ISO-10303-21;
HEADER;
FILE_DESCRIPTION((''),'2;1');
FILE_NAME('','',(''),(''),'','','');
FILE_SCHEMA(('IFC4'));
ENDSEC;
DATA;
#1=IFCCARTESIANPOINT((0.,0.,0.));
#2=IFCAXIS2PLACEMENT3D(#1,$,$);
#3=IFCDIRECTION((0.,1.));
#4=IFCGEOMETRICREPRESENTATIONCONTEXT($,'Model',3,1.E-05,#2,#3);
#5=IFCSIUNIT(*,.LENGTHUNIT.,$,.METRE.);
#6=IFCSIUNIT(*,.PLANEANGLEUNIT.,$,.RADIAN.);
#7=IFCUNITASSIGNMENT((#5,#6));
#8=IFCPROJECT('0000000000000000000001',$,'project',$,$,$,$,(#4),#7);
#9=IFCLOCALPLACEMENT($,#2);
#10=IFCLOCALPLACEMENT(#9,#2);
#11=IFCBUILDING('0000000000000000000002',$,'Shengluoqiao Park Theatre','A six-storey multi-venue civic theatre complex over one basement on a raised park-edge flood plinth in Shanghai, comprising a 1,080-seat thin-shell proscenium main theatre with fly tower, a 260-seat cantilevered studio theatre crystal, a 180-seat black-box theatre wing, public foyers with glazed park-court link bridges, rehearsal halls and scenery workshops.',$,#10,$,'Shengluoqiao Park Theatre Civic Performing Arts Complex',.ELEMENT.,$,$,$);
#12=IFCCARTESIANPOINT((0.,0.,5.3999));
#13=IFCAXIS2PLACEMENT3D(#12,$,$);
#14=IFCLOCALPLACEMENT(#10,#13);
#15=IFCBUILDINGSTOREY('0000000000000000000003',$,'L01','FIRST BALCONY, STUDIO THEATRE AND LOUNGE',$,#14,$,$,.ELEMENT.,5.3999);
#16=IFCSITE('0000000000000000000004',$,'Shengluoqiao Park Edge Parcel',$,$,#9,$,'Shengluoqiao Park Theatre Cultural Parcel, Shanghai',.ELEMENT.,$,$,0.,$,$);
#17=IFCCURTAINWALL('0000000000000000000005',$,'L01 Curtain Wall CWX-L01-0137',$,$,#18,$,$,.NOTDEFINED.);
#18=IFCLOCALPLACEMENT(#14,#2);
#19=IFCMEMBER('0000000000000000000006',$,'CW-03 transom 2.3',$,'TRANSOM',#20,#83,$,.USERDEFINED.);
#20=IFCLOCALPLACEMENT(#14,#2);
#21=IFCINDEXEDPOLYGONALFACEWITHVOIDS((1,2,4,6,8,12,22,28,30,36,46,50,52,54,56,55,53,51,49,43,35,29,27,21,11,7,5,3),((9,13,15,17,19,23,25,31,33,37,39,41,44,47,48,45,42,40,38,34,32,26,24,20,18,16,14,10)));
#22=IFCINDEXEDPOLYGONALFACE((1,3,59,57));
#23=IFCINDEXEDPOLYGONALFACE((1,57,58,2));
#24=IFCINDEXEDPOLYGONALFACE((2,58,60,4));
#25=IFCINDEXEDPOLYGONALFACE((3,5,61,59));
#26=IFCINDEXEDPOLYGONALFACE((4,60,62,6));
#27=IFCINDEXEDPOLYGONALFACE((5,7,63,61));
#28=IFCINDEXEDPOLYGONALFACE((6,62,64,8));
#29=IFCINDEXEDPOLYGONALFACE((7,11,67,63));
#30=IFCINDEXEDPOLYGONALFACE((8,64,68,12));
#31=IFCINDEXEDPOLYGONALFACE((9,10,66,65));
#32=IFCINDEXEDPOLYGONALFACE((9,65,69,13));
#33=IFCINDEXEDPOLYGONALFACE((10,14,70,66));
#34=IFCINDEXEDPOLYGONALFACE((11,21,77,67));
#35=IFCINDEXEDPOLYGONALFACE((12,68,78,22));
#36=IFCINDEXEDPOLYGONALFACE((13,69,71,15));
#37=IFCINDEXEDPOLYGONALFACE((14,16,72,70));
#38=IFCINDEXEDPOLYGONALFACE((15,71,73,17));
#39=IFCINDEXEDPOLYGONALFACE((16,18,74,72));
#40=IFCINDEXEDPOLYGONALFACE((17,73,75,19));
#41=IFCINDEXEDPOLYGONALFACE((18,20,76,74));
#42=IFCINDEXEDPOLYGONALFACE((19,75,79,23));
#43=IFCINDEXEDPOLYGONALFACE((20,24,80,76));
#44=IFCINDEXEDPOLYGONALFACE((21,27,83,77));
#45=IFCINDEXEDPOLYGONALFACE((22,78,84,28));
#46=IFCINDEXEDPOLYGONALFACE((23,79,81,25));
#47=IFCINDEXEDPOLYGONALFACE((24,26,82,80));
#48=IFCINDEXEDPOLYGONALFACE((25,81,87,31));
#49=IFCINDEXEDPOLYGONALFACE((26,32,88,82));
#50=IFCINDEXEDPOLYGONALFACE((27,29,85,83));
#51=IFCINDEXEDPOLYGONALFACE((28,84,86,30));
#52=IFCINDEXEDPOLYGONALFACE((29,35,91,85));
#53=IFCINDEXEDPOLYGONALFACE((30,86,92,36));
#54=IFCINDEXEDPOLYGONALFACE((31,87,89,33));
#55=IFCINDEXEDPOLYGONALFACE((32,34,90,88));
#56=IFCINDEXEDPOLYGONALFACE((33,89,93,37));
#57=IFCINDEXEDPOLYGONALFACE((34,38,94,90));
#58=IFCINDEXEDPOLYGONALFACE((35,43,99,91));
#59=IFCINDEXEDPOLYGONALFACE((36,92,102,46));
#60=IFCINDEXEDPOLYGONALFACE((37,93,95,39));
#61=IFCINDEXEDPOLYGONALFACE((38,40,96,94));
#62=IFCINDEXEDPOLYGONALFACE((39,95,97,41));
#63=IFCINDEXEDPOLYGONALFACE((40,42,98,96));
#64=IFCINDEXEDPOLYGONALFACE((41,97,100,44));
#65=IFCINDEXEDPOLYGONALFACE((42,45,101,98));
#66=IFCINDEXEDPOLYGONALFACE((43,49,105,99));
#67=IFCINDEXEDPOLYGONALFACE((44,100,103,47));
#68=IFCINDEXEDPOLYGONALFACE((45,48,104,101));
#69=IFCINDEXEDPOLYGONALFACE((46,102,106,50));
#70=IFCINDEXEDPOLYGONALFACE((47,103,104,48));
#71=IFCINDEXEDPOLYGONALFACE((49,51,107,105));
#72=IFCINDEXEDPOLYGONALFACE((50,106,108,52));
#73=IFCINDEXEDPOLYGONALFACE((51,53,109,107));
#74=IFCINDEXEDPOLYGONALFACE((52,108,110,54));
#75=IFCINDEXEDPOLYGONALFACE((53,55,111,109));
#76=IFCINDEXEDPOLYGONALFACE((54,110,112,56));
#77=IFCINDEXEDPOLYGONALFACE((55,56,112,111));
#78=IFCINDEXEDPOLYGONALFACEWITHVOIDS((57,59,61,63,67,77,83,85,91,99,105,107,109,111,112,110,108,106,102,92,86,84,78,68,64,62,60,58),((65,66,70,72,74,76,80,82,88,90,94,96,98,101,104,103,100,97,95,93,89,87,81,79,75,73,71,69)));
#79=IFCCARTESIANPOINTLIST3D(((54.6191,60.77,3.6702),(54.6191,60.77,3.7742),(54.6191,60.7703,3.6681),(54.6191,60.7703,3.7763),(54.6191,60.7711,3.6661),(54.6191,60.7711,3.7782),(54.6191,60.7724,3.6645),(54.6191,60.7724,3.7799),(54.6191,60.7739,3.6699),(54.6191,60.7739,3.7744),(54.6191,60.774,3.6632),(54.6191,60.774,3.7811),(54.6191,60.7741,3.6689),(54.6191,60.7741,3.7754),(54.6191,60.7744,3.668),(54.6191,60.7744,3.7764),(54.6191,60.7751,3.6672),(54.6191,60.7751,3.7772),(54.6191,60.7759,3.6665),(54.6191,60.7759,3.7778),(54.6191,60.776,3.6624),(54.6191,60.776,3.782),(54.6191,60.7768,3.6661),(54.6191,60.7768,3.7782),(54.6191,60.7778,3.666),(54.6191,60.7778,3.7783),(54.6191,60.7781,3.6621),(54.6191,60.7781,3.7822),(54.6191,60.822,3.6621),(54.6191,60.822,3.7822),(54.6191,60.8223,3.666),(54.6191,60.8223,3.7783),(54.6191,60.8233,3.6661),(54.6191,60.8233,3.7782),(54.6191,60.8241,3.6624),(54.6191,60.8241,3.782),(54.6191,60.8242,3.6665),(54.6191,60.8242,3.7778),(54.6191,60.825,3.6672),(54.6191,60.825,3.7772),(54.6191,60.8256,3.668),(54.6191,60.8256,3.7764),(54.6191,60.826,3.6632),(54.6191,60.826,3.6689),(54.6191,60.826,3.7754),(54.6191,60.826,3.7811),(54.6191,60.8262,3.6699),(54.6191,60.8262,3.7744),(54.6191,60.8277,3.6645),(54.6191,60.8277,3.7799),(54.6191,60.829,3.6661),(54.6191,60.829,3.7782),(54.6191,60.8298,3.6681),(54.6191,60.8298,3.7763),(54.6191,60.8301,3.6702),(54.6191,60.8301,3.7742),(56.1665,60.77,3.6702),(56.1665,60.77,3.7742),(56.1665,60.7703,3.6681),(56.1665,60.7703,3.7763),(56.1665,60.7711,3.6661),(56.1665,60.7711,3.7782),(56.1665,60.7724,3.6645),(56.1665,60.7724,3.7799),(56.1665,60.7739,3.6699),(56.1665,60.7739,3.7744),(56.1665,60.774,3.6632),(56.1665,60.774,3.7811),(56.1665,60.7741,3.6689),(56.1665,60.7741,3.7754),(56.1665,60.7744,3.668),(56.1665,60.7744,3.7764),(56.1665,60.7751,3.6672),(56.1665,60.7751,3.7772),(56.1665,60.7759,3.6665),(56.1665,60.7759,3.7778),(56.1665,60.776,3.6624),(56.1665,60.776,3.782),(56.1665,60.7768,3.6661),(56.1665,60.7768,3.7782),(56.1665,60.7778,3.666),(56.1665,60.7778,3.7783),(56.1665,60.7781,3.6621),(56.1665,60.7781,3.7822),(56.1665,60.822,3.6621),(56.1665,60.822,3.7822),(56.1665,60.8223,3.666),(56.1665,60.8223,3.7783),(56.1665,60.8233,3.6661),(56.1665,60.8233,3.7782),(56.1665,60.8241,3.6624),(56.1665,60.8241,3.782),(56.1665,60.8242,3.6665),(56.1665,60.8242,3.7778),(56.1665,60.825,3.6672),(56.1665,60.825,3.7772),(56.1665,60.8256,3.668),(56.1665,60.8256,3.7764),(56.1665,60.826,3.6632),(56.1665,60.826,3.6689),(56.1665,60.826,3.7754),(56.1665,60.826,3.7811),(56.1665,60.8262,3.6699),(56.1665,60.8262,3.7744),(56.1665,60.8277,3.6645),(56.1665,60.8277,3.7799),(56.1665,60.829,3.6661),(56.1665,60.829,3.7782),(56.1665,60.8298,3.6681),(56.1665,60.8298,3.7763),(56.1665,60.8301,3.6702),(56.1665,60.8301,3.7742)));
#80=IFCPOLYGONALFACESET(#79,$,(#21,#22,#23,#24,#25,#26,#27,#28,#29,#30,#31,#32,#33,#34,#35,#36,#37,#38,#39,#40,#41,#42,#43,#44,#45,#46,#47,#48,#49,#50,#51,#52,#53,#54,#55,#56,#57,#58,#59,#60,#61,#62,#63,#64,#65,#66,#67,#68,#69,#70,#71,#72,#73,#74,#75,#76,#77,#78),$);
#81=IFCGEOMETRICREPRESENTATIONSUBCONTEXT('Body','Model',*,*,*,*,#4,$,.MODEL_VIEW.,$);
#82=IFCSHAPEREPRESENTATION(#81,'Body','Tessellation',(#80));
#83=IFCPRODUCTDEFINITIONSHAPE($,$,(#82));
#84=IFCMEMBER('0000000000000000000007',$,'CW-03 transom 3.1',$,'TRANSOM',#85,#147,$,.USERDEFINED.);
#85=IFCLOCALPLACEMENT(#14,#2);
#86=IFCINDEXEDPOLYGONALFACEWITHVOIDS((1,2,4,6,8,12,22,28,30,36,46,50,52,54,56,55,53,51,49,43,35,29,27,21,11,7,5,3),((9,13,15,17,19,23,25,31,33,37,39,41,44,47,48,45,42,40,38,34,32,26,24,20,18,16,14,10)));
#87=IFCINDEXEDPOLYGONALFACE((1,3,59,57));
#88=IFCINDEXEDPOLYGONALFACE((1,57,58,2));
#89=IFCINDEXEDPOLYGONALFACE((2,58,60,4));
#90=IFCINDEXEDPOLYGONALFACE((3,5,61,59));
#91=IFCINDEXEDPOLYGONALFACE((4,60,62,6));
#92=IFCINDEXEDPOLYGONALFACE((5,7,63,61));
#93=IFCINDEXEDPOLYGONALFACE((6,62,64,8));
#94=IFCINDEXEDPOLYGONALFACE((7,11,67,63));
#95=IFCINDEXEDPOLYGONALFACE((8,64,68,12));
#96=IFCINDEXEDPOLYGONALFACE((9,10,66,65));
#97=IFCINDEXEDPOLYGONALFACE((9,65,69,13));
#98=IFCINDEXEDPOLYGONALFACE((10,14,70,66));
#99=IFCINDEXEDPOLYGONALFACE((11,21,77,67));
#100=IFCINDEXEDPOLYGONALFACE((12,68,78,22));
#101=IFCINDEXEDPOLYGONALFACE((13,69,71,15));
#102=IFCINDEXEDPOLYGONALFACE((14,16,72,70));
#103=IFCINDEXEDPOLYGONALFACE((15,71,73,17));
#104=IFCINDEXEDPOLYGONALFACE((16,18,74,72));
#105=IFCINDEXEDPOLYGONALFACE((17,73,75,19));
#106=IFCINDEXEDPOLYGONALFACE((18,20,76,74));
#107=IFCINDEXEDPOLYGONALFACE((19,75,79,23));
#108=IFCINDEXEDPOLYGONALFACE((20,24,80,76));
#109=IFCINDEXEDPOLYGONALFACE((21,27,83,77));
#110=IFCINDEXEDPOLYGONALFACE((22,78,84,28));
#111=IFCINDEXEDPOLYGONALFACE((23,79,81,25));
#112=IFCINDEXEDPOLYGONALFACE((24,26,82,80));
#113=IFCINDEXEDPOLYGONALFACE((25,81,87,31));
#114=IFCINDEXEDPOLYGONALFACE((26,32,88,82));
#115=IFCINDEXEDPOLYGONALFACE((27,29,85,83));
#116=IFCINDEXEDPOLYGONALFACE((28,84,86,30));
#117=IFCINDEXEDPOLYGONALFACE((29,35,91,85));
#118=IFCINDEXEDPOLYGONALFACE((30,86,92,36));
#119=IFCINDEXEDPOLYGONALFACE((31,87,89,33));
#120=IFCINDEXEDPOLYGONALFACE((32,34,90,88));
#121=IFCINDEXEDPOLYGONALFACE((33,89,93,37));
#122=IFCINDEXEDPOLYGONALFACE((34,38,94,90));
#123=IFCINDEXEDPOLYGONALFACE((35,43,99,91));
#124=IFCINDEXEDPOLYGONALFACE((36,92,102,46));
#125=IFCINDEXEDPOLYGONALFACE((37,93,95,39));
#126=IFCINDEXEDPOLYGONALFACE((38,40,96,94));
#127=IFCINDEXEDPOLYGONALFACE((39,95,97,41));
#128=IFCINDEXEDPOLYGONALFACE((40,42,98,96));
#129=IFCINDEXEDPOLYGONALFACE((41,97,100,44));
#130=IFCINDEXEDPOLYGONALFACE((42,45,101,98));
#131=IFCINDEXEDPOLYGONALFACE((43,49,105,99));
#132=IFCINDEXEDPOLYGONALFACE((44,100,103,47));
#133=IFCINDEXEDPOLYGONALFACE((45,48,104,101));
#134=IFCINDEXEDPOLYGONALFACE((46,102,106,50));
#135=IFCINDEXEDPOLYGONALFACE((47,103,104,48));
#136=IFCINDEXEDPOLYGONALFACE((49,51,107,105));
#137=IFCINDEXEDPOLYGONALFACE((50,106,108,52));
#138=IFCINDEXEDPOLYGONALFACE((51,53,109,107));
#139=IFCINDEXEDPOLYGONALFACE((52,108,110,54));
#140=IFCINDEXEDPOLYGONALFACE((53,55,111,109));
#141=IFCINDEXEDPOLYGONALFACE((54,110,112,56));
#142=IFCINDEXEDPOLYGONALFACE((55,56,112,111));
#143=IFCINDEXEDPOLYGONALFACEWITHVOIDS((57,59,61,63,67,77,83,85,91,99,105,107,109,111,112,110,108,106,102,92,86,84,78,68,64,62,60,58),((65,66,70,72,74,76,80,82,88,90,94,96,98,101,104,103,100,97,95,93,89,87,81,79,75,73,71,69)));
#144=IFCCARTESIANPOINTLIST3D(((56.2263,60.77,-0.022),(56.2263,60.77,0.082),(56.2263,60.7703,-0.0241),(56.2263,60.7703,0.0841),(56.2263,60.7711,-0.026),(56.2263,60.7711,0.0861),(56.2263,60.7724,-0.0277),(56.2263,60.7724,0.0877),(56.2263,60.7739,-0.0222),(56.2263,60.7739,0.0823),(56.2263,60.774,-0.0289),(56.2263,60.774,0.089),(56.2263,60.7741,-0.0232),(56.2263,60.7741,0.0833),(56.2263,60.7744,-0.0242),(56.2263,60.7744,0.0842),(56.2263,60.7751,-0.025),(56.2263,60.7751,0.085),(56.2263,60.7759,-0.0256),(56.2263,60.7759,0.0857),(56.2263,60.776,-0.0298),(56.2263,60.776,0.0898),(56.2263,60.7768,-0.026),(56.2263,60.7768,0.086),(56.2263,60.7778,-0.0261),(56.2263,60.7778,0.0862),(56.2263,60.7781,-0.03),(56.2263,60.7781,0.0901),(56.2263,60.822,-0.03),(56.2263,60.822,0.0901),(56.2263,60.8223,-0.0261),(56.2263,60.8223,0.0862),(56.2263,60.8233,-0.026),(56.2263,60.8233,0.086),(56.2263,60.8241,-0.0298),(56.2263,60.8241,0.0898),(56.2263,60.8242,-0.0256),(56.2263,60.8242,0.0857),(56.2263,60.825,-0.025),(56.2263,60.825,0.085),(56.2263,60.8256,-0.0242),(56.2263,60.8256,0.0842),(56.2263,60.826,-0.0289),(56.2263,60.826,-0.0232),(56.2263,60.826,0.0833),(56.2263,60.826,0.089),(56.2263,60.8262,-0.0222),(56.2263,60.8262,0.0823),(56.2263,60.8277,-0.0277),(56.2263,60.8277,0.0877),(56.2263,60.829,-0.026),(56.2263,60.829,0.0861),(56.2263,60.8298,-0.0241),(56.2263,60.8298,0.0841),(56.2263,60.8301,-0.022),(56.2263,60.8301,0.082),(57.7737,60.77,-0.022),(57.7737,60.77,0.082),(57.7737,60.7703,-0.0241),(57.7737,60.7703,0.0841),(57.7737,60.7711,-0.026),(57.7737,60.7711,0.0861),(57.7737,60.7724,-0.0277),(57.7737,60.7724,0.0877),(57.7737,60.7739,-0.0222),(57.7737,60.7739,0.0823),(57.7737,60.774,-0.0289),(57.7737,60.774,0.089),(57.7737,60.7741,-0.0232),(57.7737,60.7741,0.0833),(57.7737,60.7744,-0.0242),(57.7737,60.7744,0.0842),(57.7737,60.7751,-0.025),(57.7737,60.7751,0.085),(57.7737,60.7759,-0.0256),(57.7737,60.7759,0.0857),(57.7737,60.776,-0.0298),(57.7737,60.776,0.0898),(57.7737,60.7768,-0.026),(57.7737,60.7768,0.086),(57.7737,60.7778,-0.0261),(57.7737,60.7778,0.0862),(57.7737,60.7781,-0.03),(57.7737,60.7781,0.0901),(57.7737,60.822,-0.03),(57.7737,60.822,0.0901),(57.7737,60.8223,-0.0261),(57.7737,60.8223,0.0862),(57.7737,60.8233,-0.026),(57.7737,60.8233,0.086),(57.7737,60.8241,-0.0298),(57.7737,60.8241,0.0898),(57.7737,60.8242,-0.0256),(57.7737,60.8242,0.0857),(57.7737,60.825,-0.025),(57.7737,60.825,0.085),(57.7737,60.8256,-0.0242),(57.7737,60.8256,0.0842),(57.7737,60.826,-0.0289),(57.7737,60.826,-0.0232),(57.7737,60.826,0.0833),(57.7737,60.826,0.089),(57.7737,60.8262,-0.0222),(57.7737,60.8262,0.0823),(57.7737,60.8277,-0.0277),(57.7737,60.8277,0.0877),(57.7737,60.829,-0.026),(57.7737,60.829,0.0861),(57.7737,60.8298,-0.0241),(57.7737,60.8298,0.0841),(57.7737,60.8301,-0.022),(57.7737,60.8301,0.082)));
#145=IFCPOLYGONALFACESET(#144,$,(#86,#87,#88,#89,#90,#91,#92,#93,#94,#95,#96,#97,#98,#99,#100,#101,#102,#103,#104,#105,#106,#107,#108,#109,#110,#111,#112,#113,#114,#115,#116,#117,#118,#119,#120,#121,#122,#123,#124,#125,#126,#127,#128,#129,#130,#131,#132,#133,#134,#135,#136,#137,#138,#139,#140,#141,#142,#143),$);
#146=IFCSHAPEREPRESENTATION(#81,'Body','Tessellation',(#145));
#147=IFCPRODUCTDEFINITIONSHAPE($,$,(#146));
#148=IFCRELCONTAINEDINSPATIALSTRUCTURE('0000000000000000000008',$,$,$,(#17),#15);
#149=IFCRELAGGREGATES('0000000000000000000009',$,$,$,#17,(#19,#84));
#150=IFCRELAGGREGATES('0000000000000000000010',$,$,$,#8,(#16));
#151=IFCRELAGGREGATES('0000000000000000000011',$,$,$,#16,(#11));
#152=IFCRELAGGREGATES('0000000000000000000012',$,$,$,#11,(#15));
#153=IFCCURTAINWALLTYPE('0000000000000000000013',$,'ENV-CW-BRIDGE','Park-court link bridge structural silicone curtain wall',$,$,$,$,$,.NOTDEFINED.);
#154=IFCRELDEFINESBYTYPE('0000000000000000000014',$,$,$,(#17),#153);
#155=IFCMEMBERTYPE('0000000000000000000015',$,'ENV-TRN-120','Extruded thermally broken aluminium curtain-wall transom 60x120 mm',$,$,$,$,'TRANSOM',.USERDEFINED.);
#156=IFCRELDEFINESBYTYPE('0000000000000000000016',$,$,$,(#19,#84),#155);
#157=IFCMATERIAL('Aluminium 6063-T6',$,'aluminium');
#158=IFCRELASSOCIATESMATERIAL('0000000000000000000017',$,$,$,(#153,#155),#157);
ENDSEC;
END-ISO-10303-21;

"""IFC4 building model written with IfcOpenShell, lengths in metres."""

from ifc_helpers import new_model, si_unit, direction, frame, origin, origin_2d, place, context, subcontext, project, spatial, hollow_rectangle, extrude, material, material_profile, profile_set, type_object, element, aggregate, save


model = new_model("IFC4")

# Units and contexts
model_context = context("Model", 3, precision=1e-05, world=origin(), true_north=direction((0.0, 1.0)))
body_context = subcontext(model_context, "Body", "Model", "MODEL_VIEW")
ifc_project = project(units=[si_unit("LENGTHUNIT", "METRE"), si_unit("PLANEANGLEUNIT", "RADIAN")], contexts=[model_context])

# Site, building, storey
site_placement = place(None, origin())
site = spatial("IfcSite", under=ifc_project, at=site_placement, Name="Shengluoqiao Park Edge Parcel", LongName="Shengluoqiao Park Theatre Cultural Parcel, Shanghai", CompositionType="ELEMENT", RefElevation=0.0)
building_placement = place(site_placement, origin())
building = spatial("IfcBuilding", under=site, at=building_placement, Name="Shengluoqiao Park Theatre", Description="A six-storey multi-venue civic theatre complex over one basement on a raised park-edge flood plinth in Shanghai, comprising a 1,080-seat thin-shell proscenium main theatre with fly tower, a 260-seat cantilevered studio theatre crystal, a 180-seat black-box theatre wing, public foyers with glazed park-court link bridges, rehearsal halls and scenery workshops.", LongName="Shengluoqiao Park Theatre Civic Performing Arts Complex", CompositionType="ELEMENT")
storey_placement = place(building_placement, frame((0.0, 0.0, 5.3999)))
storey = spatial("IfcBuildingStorey", under=building, at=storey_placement, Name="L01", Description="FIRST BALCONY, STUDIO THEATRE AND LOUNGE", CompositionType="ELEMENT", Elevation=5.3999)

# Curtain wall
ifc_material_1 = material(Name="Aluminium 6063-T6", Category="aluminium")
curtain_wall_type_1 = type_object("IfcCurtainWallType", Name="ENV-CW-BRIDGE", Description="Park-court link bridge structural silicone curtain wall", PredefinedType="NOTDEFINED", material=ifc_material_1)
curtain_wall_1_placement = place(storey_placement, origin())
curtain_wall_1 = element("IfcCurtainWall", 1, at=curtain_wall_1_placement, inside=storey, type_object=curtain_wall_type_1, Name="L01 Curtain Wall CWX-L01-0137", PredefinedType="NOTDEFINED")

# Members
ifc_material_profile_1 = material_profile(ifc_material_1, hollow_rectangle(XDim=0.0601, YDim=0.1201, WallThickness=0.0039, InnerFilletRadius=0.0039, OuterFilletRadius=0.0081, at=origin_2d()), Name="ALU TRANSOM 120x60x4")
ifc_profile_set_1 = profile_set([ifc_material_profile_1], Name="Aluminium 6063-T6")
member_type_1 = type_object("IfcMemberType", Name="ENV-TRN-120", Description="Extruded thermally broken aluminium curtain-wall transom 60x120 mm", ElementType="TRANSOM", PredefinedType="USERDEFINED", material=ifc_profile_set_1)
member_1_placement = place(storey_placement, frame((54.6191, 60.8, 3.7222), z_axis=(1.0, 0.0, 0.0), x_axis=(0.0, 1.0, 0.0)))
member_1 = element("IfcMember", 2, at=member_1_placement, type_object=member_type_1, Name="CW-03 transom 2.3", ObjectType="TRANSOM", PredefinedType="USERDEFINED", context=body_context, shape_type="SweptSolid", body=[
    extrude(hollow_rectangle(XDim=0.0601, YDim=0.1201, WallThickness=0.0039, InnerFilletRadius=0.0039, OuterFilletRadius=0.0081, at=origin_2d()), origin(), (0.0, 0.0, 1.0), 1.5474),
])
member_2_placement = place(storey_placement, frame((56.2263, 60.8, 0.03), z_axis=(1.0, 0.0, 0.0), x_axis=(0.0, 1.0, 0.0)))
member_2 = element("IfcMember", 3, at=member_2_placement, type_object=member_type_1, Name="CW-03 transom 3.1", ObjectType="TRANSOM", PredefinedType="USERDEFINED", context=body_context, shape_type="SweptSolid", body=[
    extrude(hollow_rectangle(XDim=0.0601, YDim=0.1201, WallThickness=0.0039, InnerFilletRadius=0.0039, OuterFilletRadius=0.0081, at=origin_2d()), origin(), (0.0, 0.0, 1.0), 1.5474),
])

aggregate(curtain_wall_1, [member_1, member_2])

save(model, "model.ifc")
